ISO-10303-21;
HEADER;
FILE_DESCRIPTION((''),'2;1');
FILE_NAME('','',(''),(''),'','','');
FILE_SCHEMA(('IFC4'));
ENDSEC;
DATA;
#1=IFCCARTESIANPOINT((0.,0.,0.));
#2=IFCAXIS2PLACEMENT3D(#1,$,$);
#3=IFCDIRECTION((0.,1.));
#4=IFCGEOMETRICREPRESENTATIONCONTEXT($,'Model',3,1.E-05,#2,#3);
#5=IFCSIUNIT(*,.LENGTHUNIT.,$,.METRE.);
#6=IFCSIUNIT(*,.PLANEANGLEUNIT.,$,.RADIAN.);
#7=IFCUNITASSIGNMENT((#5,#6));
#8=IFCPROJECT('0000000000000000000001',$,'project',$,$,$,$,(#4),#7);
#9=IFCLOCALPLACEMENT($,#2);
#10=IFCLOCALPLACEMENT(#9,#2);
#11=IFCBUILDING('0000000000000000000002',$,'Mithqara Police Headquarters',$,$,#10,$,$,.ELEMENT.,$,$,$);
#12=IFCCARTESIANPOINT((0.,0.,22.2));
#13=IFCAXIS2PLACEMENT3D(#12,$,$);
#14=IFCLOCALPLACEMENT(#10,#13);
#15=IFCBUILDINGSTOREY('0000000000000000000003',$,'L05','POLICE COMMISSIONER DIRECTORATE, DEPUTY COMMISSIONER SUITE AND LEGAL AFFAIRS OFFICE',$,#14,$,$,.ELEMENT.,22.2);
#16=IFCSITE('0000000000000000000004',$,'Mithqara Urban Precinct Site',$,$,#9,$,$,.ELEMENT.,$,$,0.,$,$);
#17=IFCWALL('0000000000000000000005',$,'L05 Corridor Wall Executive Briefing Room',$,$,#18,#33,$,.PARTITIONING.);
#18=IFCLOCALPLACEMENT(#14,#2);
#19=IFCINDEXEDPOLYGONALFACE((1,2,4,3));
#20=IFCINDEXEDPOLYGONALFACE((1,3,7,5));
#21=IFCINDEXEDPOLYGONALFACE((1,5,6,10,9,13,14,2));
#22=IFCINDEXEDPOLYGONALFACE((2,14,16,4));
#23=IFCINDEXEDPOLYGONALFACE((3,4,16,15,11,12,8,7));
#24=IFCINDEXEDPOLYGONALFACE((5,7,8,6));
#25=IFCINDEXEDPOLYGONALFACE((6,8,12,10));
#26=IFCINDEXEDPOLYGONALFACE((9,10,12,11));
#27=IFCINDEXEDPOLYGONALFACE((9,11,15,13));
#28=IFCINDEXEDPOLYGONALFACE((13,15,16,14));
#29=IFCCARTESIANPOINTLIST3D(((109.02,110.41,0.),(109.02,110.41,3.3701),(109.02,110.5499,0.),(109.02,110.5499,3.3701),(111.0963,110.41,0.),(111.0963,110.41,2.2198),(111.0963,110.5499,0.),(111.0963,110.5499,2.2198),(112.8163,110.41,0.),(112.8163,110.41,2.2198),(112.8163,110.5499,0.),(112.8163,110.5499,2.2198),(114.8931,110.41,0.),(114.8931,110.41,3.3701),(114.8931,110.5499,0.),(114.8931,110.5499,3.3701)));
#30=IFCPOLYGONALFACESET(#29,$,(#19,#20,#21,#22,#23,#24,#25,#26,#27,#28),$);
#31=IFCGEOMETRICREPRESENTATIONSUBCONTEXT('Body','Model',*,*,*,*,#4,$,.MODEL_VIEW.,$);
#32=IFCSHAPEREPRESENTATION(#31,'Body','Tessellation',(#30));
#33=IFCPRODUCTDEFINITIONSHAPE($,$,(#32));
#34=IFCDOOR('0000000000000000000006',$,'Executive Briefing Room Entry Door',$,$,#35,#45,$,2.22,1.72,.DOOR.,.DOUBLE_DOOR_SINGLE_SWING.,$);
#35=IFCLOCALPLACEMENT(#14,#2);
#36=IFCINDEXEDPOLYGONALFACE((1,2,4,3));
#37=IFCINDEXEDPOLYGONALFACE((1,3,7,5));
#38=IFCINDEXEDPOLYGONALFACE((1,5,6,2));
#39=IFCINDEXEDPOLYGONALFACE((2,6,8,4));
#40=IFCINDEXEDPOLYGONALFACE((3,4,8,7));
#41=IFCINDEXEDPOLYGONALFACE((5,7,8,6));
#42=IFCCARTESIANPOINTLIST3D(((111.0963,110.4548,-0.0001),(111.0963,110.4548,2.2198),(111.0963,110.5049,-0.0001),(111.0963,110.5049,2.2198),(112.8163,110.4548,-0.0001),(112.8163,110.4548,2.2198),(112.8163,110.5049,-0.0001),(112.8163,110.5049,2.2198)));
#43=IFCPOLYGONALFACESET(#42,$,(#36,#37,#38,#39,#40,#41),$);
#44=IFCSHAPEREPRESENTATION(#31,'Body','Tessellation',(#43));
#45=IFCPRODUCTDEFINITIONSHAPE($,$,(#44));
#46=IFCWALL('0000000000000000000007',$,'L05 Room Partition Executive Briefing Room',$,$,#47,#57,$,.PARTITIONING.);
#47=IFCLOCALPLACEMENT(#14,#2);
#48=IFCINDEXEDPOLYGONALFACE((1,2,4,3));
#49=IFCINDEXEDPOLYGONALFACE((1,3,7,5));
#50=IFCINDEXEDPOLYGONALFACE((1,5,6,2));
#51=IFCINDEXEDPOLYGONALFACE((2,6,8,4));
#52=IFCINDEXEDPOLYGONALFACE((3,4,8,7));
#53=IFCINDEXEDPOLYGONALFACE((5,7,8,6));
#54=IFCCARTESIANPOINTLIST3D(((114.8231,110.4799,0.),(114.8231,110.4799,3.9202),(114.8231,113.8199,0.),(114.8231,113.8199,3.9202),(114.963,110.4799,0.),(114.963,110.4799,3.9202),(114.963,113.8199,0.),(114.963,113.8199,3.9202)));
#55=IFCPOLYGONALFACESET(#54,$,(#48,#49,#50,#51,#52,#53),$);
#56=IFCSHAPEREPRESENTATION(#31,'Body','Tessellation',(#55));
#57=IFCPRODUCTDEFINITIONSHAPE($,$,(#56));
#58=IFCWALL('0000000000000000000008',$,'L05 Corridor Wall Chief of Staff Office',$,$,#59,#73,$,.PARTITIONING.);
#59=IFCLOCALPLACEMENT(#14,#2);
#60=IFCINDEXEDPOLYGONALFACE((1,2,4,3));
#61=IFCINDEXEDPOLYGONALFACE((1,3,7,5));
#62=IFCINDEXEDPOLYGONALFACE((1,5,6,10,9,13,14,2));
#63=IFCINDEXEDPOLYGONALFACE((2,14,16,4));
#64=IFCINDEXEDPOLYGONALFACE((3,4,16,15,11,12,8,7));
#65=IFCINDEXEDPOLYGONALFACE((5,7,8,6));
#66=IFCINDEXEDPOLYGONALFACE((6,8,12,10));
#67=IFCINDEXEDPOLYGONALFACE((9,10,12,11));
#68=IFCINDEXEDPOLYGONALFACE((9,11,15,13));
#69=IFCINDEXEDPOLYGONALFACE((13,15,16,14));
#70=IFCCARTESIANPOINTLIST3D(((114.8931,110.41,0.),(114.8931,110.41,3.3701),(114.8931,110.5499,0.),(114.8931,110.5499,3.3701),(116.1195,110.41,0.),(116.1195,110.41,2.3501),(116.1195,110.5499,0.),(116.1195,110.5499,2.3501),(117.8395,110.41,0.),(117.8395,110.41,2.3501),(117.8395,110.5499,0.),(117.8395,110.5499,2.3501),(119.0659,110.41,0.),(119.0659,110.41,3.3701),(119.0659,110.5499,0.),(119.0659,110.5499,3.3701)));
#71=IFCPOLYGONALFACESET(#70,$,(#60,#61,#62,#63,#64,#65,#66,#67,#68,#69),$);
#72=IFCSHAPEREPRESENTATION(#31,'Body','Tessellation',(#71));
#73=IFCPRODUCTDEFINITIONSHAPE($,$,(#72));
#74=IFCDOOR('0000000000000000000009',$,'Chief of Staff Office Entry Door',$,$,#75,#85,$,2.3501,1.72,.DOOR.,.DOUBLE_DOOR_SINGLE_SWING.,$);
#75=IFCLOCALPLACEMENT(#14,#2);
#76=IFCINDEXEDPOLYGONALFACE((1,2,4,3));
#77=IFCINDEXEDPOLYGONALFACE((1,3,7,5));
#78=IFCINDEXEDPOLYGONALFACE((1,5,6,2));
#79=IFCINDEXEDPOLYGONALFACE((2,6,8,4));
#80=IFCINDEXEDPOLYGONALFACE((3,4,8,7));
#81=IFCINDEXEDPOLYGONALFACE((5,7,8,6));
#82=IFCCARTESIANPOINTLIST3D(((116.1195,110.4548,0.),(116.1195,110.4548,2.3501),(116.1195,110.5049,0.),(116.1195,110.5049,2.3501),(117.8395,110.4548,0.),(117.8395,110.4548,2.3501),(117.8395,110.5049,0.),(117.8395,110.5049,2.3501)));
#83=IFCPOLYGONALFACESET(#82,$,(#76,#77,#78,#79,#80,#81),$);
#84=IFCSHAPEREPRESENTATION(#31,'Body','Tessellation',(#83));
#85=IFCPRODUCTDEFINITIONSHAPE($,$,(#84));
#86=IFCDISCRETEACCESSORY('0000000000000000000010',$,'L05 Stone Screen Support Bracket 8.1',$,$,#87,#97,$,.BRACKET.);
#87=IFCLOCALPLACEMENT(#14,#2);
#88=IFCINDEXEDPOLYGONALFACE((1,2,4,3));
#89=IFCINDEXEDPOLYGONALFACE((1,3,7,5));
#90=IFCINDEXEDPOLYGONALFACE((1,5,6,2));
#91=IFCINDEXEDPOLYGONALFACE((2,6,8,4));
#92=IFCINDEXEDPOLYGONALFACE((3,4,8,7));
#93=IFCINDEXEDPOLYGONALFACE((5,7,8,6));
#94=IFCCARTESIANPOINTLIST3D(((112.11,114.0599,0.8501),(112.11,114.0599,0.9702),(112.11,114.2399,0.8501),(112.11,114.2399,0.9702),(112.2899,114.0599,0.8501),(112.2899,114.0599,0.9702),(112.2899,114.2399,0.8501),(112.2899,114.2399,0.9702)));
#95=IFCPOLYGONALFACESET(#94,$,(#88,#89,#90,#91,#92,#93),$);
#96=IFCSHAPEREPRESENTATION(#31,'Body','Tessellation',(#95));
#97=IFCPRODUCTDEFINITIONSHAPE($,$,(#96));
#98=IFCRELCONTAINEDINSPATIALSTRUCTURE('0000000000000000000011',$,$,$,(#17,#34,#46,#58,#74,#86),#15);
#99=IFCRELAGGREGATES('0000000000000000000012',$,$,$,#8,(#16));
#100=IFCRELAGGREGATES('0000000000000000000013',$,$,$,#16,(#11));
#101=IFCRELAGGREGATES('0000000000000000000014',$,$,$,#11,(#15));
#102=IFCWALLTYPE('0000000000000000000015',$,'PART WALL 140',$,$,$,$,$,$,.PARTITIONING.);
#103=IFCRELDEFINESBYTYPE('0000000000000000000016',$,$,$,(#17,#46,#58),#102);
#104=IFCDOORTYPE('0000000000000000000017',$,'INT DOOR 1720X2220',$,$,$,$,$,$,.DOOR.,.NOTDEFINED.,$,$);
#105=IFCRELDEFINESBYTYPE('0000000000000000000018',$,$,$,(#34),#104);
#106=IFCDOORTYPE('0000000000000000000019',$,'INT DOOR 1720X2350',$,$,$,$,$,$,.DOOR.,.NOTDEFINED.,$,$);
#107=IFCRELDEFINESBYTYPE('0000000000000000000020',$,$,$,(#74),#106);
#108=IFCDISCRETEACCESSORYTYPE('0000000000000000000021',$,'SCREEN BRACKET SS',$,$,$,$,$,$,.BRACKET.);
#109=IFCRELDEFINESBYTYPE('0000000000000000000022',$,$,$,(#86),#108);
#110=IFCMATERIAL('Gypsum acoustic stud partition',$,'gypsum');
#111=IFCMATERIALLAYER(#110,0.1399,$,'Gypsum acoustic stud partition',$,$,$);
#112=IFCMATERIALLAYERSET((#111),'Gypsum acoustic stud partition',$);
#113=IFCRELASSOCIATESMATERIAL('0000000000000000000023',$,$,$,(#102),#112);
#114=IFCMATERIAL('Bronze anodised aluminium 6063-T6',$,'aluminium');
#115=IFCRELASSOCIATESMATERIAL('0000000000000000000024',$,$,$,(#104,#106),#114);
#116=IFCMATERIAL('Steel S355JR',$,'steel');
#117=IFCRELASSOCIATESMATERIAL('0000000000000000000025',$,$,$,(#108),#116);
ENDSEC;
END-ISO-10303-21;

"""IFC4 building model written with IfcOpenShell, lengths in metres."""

from ifc_helpers import new_model, si_unit, direction, frame, frame_2d, origin, origin_2d, place, context, subcontext, project, spatial, rectangle, extrude, material, layer, layer_set, type_object, element, fill, save


model = new_model("IFC4")

# Units and contexts
model_context = context("Model", 3, precision=1e-05, world=origin(), true_north=direction((0.0, 1.0)))
body_context = subcontext(model_context, "Body", "Model", "MODEL_VIEW")
ifc_project = project(units=[si_unit("LENGTHUNIT", "METRE"), si_unit("PLANEANGLEUNIT", "RADIAN")], contexts=[model_context])

# Site, building, storey
site_placement = place(None, origin())
site = spatial("IfcSite", under=ifc_project, at=site_placement, Name="Mithqara Urban Precinct Site", CompositionType="ELEMENT", RefElevation=0.0)
building_placement = place(site_placement, origin())
building = spatial("IfcBuilding", under=site, at=building_placement, Name="Mithqara Police Headquarters", CompositionType="ELEMENT")
storey_placement = place(building_placement, frame((0.0, 0.0, 22.2)))
storey = spatial("IfcBuildingStorey", under=building, at=storey_placement, Name="L05", Description="POLICE COMMISSIONER DIRECTORATE, DEPUTY COMMISSIONER SUITE AND LEGAL AFFAIRS OFFICE", CompositionType="ELEMENT", Elevation=22.2)

# Shared definitions
ifc_material_1 = material(Name="Steel S355JR", Category="steel")

# Wall, opening, door
ifc_material_2 = material(Name="Gypsum acoustic stud partition", Category="gypsum")
ifc_layer_1 = layer(ifc_material_2, 0.1399, Name="Gypsum acoustic stud partition")
ifc_layer_set_1 = layer_set([ifc_layer_1], Name="Gypsum acoustic stud partition")
wall_type_1 = type_object("IfcWallType", Name="PART WALL 140", PredefinedType="PARTITIONING", material=ifc_layer_set_1)
ifc_material_3 = material(Name="Bronze anodised aluminium 6063-T6", Category="aluminium")
wall_1_placement = place(storey_placement, frame((109.02, 110.48, 0.0), z_axis=(0.0, 0.0, 1.0), x_axis=(1.0, 0.0, 0.0)))
wall_1 = element("IfcWall", 1, at=wall_1_placement, inside=storey, type_object=wall_type_1, Name="L05 Corridor Wall Executive Briefing Room", PredefinedType="PARTITIONING", context=body_context, shape_type="SweptSolid", body=[
    extrude(rectangle(XDim=5.873, YDim=0.1399, at=frame_2d((2.9365, 0.0))), origin(), (0.0, 0.0, 1.0), 3.3701),
])
opening_1_placement = place(wall_1_placement, frame((2.0764, 0.0, 0.0)))
opening_1 = element("IfcOpeningElement", 2, at=opening_1_placement, cuts=wall_1, PredefinedType="OPENING", context=body_context, shape_type="SweptSolid", body=[
    extrude(rectangle(XDim=1.72, YDim=2.22, at=frame_2d((0.8599, 1.1099))), frame((0.0, 0.0801, 0.0), z_axis=(0.0, -1.0, 0.0), x_axis=(1.0, 0.0, 0.0)), (0.0, 0.0, 1.0), 0.1599),
])
door_type_1 = type_object("IfcDoorType", Name="INT DOOR 1720X2220", OperationType="NOTDEFINED", PredefinedType="DOOR", material=ifc_material_3)
door_1_placement = place(opening_1_placement, origin())
door_1 = element("IfcDoor", 3, at=door_1_placement, inside=storey, type_object=door_type_1, Name="Executive Briefing Room Entry Door", OperationType="DOUBLE_DOOR_SINGLE_SWING", OverallHeight=2.22, OverallWidth=1.72, PredefinedType="DOOR", context=body_context, shape_type="SweptSolid", body=[
    extrude(rectangle(XDim=1.72, YDim=2.22, at=frame_2d((0.8599, 1.1099))), frame((0.0, 0.0249, 0.0), z_axis=(0.0, -1.0, 0.0), x_axis=(1.0, 0.0, 0.0)), (0.0, 0.0, 1.0), 0.05),
])
fill(opening_1, door_1)

# Wall
wall_2_placement = place(storey_placement, frame((114.8931, 110.48, 0.0), z_axis=(0.0, 0.0, 1.0), x_axis=(0.0, 1.0, 0.0)))
element("IfcWall", 4, at=wall_2_placement, inside=storey, type_object=wall_type_1, Name="L05 Room Partition Executive Briefing Room", PredefinedType="PARTITIONING", context=body_context, shape_type="SweptSolid", body=[
    extrude(rectangle(XDim=3.3401, YDim=0.1399, at=frame_2d((1.6699, 0.0))), origin(), (0.0, 0.0, 1.0), 3.9202),
])

# Wall, opening, door
wall_3_placement = place(storey_placement, frame((114.8931, 110.48, 0.0), z_axis=(0.0, 0.0, 1.0), x_axis=(1.0, 0.0, 0.0)))
wall_3 = element("IfcWall", 5, at=wall_3_placement, inside=storey, type_object=wall_type_1, Name="L05 Corridor Wall Chief of Staff Office", PredefinedType="PARTITIONING", context=body_context, shape_type="SweptSolid", body=[
    extrude(rectangle(XDim=4.1729, YDim=0.1399, at=frame_2d((2.0864, 0.0))), origin(), (0.0, 0.0, 1.0), 3.3701),
])
opening_2_placement = place(wall_3_placement, frame((1.2266, 0.0, 0.0)))
opening_2 = element("IfcOpeningElement", 6, at=opening_2_placement, cuts=wall_3, PredefinedType="OPENING", context=body_context, shape_type="SweptSolid", body=[
    extrude(rectangle(XDim=1.72, YDim=2.3501, at=frame_2d((0.8599, 1.175))), frame((0.0, 0.0801, 0.0), z_axis=(0.0, -1.0, 0.0), x_axis=(1.0, 0.0, 0.0)), (0.0, 0.0, 1.0), 0.1599),
])
door_type_2 = type_object("IfcDoorType", Name="INT DOOR 1720X2350", OperationType="NOTDEFINED", PredefinedType="DOOR", material=ifc_material_3)
door_2_placement = place(opening_2_placement, origin())
door_2 = element("IfcDoor", 7, at=door_2_placement, inside=storey, type_object=door_type_2, Name="Chief of Staff Office Entry Door", OperationType="DOUBLE_DOOR_SINGLE_SWING", OverallHeight=2.3501, OverallWidth=1.72, PredefinedType="DOOR", context=body_context, shape_type="SweptSolid", body=[
    extrude(rectangle(XDim=1.72, YDim=2.3501, at=frame_2d((0.8599, 1.175))), frame((0.0, 0.0249, 0.0), z_axis=(0.0, -1.0, 0.0), x_axis=(1.0, 0.0, 0.0)), (0.0, 0.0, 1.0), 0.05),
])
fill(opening_2, door_2)

# Discrete accessory
discrete_accessory_type = type_object("IfcDiscreteAccessoryType", Name="SCREEN BRACKET SS", PredefinedType="BRACKET", material=ifc_material_1)
discrete_accessory_placement = place(storey_placement, frame((112.2, 114.1499, 0.8501), z_axis=(0.0, 0.0, 1.0), x_axis=(1.0, 0.0, 0.0)))
element("IfcDiscreteAccessory", 8, at=discrete_accessory_placement, inside=storey, type_object=discrete_accessory_type, Name="L05 Stone Screen Support Bracket 8.1", PredefinedType="BRACKET", context=body_context, shape_type="SweptSolid", body=[
    extrude(rectangle(XDim=0.1799, YDim=0.1799, at=origin_2d()), origin(), (0.0, 0.0, 1.0), 0.1201),
])

save(model, "model.ifc")
